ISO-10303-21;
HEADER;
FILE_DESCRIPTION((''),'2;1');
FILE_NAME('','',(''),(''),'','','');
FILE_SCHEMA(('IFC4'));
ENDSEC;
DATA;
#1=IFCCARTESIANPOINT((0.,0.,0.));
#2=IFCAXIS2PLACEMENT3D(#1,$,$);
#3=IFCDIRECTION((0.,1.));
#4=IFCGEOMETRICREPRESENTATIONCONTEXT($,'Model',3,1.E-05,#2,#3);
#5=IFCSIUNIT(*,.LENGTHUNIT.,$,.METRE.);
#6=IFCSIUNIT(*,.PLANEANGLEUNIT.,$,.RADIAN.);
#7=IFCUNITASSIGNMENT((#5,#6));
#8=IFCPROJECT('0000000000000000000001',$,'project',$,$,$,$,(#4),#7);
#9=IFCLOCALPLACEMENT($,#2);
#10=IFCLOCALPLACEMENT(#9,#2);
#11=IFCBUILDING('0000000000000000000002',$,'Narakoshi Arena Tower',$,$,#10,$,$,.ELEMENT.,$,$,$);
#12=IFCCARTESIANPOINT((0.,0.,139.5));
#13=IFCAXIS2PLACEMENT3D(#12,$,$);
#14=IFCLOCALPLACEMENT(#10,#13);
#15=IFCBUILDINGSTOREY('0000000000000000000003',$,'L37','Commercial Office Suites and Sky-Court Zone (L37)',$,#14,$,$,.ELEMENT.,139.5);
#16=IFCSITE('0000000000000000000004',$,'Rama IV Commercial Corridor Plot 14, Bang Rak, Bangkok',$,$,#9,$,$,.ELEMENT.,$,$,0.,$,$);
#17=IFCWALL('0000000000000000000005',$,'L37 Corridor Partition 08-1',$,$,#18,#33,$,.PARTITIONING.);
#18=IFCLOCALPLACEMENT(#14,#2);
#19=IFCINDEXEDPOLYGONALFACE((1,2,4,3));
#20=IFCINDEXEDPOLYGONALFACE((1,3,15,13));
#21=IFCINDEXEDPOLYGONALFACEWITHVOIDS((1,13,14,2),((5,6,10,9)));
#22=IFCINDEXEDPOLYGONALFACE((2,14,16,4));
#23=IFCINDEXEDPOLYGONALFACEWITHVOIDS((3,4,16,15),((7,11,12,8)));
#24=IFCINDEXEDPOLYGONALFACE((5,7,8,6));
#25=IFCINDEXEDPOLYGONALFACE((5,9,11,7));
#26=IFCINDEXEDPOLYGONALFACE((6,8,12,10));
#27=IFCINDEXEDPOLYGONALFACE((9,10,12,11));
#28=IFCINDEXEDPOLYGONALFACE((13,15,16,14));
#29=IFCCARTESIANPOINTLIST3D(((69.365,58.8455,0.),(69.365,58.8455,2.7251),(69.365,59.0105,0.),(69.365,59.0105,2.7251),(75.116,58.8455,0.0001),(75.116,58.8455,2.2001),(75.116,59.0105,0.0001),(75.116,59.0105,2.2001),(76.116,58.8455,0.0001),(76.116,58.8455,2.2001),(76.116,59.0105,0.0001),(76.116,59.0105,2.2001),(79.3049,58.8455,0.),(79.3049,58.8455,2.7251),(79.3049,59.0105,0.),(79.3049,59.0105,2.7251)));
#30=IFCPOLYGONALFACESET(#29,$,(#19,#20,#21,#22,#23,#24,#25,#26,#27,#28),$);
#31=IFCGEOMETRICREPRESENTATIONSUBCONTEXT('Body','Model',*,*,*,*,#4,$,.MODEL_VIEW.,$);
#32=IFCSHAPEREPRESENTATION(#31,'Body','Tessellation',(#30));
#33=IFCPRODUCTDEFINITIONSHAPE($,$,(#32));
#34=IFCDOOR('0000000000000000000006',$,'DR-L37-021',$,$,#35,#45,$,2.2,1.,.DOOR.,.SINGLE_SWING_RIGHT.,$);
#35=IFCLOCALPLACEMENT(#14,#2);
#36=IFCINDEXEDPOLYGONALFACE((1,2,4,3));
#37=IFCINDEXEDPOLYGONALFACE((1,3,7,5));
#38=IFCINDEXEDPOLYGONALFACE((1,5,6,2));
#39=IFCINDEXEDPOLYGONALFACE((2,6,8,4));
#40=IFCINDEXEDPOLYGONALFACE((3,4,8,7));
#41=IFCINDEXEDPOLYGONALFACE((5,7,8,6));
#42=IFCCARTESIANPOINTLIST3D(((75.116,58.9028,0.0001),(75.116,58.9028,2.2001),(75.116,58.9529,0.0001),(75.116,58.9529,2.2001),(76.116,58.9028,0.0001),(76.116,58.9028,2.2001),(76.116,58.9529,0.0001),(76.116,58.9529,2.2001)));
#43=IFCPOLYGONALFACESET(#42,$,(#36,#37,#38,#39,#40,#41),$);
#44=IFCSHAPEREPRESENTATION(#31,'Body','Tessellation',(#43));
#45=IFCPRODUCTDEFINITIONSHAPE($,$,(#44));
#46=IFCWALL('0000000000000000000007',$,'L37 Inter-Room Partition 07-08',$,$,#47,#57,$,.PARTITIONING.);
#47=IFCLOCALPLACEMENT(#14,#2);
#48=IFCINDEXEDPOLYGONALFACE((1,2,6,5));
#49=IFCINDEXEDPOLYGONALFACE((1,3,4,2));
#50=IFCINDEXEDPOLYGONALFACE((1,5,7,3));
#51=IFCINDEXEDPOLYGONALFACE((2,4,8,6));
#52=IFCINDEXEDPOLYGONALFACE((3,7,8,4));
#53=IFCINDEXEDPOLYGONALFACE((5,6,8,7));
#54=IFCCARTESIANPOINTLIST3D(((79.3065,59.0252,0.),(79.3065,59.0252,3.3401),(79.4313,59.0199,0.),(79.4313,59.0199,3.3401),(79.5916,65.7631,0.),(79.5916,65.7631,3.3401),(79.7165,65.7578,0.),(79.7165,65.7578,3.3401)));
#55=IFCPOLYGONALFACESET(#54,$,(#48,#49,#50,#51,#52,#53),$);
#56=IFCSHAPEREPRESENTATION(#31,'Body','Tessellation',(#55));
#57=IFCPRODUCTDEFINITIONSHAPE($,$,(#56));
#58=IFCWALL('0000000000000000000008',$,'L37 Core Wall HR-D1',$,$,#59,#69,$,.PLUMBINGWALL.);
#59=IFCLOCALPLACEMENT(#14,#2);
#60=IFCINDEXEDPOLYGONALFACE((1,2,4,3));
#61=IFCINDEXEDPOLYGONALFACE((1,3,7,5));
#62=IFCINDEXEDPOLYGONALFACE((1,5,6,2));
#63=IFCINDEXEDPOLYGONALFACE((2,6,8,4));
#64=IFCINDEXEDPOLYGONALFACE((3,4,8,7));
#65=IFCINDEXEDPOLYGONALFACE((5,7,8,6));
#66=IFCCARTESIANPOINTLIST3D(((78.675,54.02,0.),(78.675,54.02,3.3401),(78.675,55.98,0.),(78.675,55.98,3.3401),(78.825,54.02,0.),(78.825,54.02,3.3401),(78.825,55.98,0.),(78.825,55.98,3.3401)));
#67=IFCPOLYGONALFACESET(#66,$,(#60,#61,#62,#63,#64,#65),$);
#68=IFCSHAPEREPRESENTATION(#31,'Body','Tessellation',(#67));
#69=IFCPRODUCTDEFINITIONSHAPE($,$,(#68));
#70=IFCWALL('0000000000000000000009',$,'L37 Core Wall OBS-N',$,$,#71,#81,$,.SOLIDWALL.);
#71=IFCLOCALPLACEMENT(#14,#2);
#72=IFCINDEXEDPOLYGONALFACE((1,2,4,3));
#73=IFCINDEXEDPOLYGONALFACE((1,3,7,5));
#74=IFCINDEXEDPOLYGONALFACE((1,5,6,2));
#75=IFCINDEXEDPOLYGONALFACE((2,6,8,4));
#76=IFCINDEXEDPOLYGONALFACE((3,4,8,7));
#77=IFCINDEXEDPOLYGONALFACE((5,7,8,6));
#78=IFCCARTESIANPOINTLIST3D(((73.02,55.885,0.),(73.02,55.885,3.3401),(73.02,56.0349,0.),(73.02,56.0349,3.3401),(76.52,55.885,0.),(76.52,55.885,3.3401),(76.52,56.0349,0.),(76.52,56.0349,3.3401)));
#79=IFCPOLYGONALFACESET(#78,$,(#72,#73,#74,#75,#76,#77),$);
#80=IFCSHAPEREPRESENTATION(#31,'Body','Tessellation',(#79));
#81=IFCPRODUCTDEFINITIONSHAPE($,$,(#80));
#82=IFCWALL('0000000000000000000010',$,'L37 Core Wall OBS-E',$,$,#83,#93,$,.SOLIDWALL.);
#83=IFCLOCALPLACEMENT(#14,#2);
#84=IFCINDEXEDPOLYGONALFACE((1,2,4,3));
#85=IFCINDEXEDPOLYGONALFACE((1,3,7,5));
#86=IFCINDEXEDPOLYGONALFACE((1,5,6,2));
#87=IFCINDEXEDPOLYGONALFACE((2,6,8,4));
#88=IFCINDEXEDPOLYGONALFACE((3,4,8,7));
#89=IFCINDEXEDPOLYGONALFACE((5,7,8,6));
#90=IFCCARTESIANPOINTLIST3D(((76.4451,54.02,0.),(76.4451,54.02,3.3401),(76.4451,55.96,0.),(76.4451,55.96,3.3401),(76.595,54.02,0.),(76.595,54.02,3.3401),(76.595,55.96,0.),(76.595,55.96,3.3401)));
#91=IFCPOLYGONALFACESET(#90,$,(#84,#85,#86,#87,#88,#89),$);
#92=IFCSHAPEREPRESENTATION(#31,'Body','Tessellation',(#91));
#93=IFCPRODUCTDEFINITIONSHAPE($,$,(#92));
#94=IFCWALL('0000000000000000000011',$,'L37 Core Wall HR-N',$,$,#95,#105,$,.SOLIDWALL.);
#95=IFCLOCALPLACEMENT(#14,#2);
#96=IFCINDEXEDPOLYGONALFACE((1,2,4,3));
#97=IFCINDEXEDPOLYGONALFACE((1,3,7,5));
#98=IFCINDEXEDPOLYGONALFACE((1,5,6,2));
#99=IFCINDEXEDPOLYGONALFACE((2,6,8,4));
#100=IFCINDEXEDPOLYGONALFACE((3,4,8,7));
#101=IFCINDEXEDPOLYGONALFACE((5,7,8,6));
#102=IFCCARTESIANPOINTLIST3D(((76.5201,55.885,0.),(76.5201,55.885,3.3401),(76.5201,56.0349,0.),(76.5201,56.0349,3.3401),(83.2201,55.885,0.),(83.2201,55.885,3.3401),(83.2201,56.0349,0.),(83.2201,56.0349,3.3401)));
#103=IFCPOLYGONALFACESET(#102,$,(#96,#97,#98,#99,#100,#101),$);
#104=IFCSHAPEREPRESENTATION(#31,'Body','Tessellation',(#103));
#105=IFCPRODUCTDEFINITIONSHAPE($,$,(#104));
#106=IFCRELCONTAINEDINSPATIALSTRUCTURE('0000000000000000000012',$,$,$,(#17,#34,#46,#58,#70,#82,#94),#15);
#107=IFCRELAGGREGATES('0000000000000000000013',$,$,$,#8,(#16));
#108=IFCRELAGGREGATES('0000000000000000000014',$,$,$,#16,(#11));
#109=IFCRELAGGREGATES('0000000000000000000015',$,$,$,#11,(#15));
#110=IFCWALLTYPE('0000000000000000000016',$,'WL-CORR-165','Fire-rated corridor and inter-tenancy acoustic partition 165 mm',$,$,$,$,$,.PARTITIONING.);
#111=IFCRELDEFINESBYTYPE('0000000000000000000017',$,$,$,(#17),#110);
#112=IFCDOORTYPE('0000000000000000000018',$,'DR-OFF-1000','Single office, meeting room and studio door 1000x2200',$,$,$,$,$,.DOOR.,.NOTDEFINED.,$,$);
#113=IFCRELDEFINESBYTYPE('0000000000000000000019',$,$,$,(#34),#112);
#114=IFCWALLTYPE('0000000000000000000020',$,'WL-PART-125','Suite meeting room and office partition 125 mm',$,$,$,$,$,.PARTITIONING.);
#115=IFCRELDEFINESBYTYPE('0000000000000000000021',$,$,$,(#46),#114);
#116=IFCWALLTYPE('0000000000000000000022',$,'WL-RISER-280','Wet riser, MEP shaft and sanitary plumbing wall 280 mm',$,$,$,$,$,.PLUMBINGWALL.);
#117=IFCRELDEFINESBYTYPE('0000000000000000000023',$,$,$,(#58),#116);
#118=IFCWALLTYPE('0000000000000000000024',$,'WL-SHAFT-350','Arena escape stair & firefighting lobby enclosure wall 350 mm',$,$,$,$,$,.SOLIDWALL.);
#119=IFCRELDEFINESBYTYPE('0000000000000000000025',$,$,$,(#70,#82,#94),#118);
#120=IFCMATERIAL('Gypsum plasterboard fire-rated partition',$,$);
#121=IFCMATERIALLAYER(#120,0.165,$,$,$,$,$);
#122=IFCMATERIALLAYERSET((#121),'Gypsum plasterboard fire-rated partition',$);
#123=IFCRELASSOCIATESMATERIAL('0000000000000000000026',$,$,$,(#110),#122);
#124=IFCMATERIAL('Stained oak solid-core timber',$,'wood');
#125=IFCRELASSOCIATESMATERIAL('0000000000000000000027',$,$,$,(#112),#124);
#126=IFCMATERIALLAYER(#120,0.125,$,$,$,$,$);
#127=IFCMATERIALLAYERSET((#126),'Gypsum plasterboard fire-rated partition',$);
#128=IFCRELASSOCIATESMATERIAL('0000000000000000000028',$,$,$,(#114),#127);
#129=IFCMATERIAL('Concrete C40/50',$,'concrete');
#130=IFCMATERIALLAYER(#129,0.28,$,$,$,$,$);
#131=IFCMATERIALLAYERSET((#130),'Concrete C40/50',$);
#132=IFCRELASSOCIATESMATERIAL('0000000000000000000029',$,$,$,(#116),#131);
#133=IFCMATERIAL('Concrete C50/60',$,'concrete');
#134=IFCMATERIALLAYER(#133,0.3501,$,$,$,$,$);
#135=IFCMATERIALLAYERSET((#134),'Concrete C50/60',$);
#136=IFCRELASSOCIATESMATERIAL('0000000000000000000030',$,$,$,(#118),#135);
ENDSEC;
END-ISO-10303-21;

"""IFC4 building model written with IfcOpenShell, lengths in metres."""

from ifc_helpers import new_model, si_unit, direction, frame, frame_2d, origin, place, context, subcontext, project, spatial, rectangle, extrude, material, layer, layer_set, type_object, element, fill, save


model = new_model("IFC4")

# Units and contexts
model_context = context("Model", 3, precision=1e-05, world=origin(), true_north=direction((0.0, 1.0)))
body_context = subcontext(model_context, "Body", "Model", "MODEL_VIEW")
ifc_project = project(units=[si_unit("LENGTHUNIT", "METRE"), si_unit("PLANEANGLEUNIT", "RADIAN")], contexts=[model_context])

# Site, building, storey
site_placement = place(None, origin())
site = spatial("IfcSite", under=ifc_project, at=site_placement, Name="Rama IV Commercial Corridor Plot 14, Bang Rak, Bangkok", CompositionType="ELEMENT", RefElevation=0.0)
building_placement = place(site_placement, origin())
building = spatial("IfcBuilding", under=site, at=building_placement, Name="Narakoshi Arena Tower", CompositionType="ELEMENT")
storey_placement = place(building_placement, frame((0.0, 0.0, 139.5)))
storey = spatial("IfcBuildingStorey", under=building, at=storey_placement, Name="L37", Description="Commercial Office Suites and Sky-Court Zone (L37)", CompositionType="ELEMENT", Elevation=139.5)

# Wall, opening, door
ifc_material_1 = material(Name="Gypsum plasterboard fire-rated partition")
ifc_layer_1 = layer(ifc_material_1, 0.165)
ifc_layer_set_1 = layer_set([ifc_layer_1], Name="Gypsum plasterboard fire-rated partition")
wall_type_1 = type_object("IfcWallType", Name="WL-CORR-165", Description="Fire-rated corridor and inter-tenancy acoustic partition 165 mm", PredefinedType="PARTITIONING", material=ifc_layer_set_1)
wall_1_placement = place(storey_placement, frame((79.3049, 58.928, 0.0), z_axis=(0.0, 0.0, 1.0), x_axis=(-1.0, 0.0, 0.0)))
wall_1 = element("IfcWall", 1, at=wall_1_placement, inside=storey, type_object=wall_type_1, Name="L37 Corridor Partition 08-1", PredefinedType="PARTITIONING", context=body_context, shape_type="SweptSolid", body=[
    extrude(rectangle(XDim=9.9399, YDim=0.165, at=frame_2d((4.97, 0.0))), origin(), (0.0, 0.0, 1.0), 2.7251),
])
opening_placement = place(wall_1_placement, frame((3.189, 0.0, 0.0)))
opening = element("IfcOpeningElement", 2, at=opening_placement, cuts=wall_1, PredefinedType="OPENING", context=body_context, shape_type="SweptSolid", body=[
    extrude(rectangle(XDim=1.0, YDim=2.2, at=frame_2d((0.5, 1.1001))), frame((0.0, 0.0925, 0.0), z_axis=(0.0, -1.0, 0.0), x_axis=(1.0, 0.0, 0.0)), (0.0, 0.0, 1.0), 0.1851),
])
ifc_material_2 = material(Name="Stained oak solid-core timber", Category="wood")
door_type = type_object("IfcDoorType", Name="DR-OFF-1000", Description="Single office, meeting room and studio door 1000x2200", OperationType="NOTDEFINED", PredefinedType="DOOR", material=ifc_material_2)
door_placement = place(opening_placement, frame((1.0, 0.0, 0.0), z_axis=(0.0, 0.0, 1.0), x_axis=(-1.0, 0.0, 0.0)))
door = element("IfcDoor", 3, at=door_placement, inside=storey, type_object=door_type, Name="DR-L37-021", OperationType="SINGLE_SWING_RIGHT", OverallHeight=2.2, OverallWidth=1.0, PredefinedType="DOOR", context=body_context, shape_type="SweptSolid", body=[
    extrude(rectangle(XDim=1.0, YDim=2.2, at=frame_2d((0.5, 1.1001))), frame((0.0, 0.0249, 0.0), z_axis=(0.0, -1.0, 0.0), x_axis=(1.0, 0.0, 0.0)), (0.0, 0.0, 1.0), 0.05),
])
fill(opening, door)

# Walls
ifc_layer_2 = layer(ifc_material_1, 0.125)
ifc_layer_set_2 = layer_set([ifc_layer_2], Name="Gypsum plasterboard fire-rated partition")
wall_type_2 = type_object("IfcWallType", Name="WL-PART-125", Description="Suite meeting room and office partition 125 mm", PredefinedType="PARTITIONING", material=ifc_layer_set_2)
wall_2_placement = place(storey_placement, frame((79.3689, 59.0225, 0.0), z_axis=(0.0, 0.0, 1.0), x_axis=(0.042284, 0.999106, 0.0)))
element("IfcWall", 4, at=wall_2_placement, inside=storey, type_object=wall_type_2, Name="L37 Inter-Room Partition 07-08", PredefinedType="PARTITIONING", context=body_context, shape_type="SweptSolid", body=[
    extrude(rectangle(XDim=6.7439, YDim=0.125, at=frame_2d((3.3721, 0.0))), origin(), (0.0, 0.0, 1.0), 3.3401),
])
ifc_material_3 = material(Name="Concrete C40/50", Category="concrete")
ifc_layer_3 = layer(ifc_material_3, 0.28)
ifc_layer_set_3 = layer_set([ifc_layer_3], Name="Concrete C40/50")
wall_type_3 = type_object("IfcWallType", Name="WL-RISER-280", Description="Wet riser, MEP shaft and sanitary plumbing wall 280 mm", PredefinedType="PLUMBINGWALL", material=ifc_layer_set_3)
wall_3_placement = place(storey_placement, frame((78.75, 54.02, 0.0), z_axis=(0.0, 0.0, 1.0), x_axis=(0.0, 1.0, 0.0)))
element("IfcWall", 5, at=wall_3_placement, inside=storey, type_object=wall_type_3, Name="L37 Core Wall HR-D1", PredefinedType="PLUMBINGWALL", context=body_context, shape_type="SweptSolid", body=[
    extrude(rectangle(XDim=1.96, YDim=0.1499, at=frame_2d((0.98, 0.0))), origin(), (0.0, 0.0, 1.0), 3.3401),
])
ifc_material_4 = material(Name="Concrete C50/60", Category="concrete")
ifc_layer_4 = layer(ifc_material_4, 0.3501)
ifc_layer_set_4 = layer_set([ifc_layer_4], Name="Concrete C50/60")
wall_type_4 = type_object("IfcWallType", Name="WL-SHAFT-350", Description="Arena escape stair & firefighting lobby enclosure wall 350 mm", PredefinedType="SOLIDWALL", material=ifc_layer_set_4)
wall_4_placement = place(storey_placement, frame((73.02, 55.96, 0.0), z_axis=(0.0, 0.0, 1.0), x_axis=(1.0, 0.0, 0.0)))
element("IfcWall", 6, at=wall_4_placement, inside=storey, type_object=wall_type_4, Name="L37 Core Wall OBS-N", PredefinedType="SOLIDWALL", context=body_context, shape_type="SweptSolid", body=[
    extrude(rectangle(XDim=3.5, YDim=0.1499, at=frame_2d((1.75, 0.0))), origin(), (0.0, 0.0, 1.0), 3.3401),
])
wall_5_placement = place(storey_placement, frame((76.52, 54.02, 0.0), z_axis=(0.0, 0.0, 1.0), x_axis=(0.0, 1.0, 0.0)))
element("IfcWall", 7, at=wall_5_placement, inside=storey, type_object=wall_type_4, Name="L37 Core Wall OBS-E", PredefinedType="SOLIDWALL", context=body_context, shape_type="SweptSolid", body=[
    extrude(rectangle(XDim=1.9399, YDim=0.1499, at=frame_2d((0.97, 0.0))), origin(), (0.0, 0.0, 1.0), 3.3401),
])
wall_6_placement = place(storey_placement, frame((76.52, 55.96, 0.0), z_axis=(0.0, 0.0, 1.0), x_axis=(1.0, 0.0, 0.0)))
element("IfcWall", 8, at=wall_6_placement, inside=storey, type_object=wall_type_4, Name="L37 Core Wall HR-N", PredefinedType="SOLIDWALL", context=body_context, shape_type="SweptSolid", body=[
    extrude(rectangle(XDim=6.7, YDim=0.1499, at=frame_2d((3.3501, 0.0))), origin(), (0.0, 0.0, 1.0), 3.3401),
])

save(model, "model.ifc")
